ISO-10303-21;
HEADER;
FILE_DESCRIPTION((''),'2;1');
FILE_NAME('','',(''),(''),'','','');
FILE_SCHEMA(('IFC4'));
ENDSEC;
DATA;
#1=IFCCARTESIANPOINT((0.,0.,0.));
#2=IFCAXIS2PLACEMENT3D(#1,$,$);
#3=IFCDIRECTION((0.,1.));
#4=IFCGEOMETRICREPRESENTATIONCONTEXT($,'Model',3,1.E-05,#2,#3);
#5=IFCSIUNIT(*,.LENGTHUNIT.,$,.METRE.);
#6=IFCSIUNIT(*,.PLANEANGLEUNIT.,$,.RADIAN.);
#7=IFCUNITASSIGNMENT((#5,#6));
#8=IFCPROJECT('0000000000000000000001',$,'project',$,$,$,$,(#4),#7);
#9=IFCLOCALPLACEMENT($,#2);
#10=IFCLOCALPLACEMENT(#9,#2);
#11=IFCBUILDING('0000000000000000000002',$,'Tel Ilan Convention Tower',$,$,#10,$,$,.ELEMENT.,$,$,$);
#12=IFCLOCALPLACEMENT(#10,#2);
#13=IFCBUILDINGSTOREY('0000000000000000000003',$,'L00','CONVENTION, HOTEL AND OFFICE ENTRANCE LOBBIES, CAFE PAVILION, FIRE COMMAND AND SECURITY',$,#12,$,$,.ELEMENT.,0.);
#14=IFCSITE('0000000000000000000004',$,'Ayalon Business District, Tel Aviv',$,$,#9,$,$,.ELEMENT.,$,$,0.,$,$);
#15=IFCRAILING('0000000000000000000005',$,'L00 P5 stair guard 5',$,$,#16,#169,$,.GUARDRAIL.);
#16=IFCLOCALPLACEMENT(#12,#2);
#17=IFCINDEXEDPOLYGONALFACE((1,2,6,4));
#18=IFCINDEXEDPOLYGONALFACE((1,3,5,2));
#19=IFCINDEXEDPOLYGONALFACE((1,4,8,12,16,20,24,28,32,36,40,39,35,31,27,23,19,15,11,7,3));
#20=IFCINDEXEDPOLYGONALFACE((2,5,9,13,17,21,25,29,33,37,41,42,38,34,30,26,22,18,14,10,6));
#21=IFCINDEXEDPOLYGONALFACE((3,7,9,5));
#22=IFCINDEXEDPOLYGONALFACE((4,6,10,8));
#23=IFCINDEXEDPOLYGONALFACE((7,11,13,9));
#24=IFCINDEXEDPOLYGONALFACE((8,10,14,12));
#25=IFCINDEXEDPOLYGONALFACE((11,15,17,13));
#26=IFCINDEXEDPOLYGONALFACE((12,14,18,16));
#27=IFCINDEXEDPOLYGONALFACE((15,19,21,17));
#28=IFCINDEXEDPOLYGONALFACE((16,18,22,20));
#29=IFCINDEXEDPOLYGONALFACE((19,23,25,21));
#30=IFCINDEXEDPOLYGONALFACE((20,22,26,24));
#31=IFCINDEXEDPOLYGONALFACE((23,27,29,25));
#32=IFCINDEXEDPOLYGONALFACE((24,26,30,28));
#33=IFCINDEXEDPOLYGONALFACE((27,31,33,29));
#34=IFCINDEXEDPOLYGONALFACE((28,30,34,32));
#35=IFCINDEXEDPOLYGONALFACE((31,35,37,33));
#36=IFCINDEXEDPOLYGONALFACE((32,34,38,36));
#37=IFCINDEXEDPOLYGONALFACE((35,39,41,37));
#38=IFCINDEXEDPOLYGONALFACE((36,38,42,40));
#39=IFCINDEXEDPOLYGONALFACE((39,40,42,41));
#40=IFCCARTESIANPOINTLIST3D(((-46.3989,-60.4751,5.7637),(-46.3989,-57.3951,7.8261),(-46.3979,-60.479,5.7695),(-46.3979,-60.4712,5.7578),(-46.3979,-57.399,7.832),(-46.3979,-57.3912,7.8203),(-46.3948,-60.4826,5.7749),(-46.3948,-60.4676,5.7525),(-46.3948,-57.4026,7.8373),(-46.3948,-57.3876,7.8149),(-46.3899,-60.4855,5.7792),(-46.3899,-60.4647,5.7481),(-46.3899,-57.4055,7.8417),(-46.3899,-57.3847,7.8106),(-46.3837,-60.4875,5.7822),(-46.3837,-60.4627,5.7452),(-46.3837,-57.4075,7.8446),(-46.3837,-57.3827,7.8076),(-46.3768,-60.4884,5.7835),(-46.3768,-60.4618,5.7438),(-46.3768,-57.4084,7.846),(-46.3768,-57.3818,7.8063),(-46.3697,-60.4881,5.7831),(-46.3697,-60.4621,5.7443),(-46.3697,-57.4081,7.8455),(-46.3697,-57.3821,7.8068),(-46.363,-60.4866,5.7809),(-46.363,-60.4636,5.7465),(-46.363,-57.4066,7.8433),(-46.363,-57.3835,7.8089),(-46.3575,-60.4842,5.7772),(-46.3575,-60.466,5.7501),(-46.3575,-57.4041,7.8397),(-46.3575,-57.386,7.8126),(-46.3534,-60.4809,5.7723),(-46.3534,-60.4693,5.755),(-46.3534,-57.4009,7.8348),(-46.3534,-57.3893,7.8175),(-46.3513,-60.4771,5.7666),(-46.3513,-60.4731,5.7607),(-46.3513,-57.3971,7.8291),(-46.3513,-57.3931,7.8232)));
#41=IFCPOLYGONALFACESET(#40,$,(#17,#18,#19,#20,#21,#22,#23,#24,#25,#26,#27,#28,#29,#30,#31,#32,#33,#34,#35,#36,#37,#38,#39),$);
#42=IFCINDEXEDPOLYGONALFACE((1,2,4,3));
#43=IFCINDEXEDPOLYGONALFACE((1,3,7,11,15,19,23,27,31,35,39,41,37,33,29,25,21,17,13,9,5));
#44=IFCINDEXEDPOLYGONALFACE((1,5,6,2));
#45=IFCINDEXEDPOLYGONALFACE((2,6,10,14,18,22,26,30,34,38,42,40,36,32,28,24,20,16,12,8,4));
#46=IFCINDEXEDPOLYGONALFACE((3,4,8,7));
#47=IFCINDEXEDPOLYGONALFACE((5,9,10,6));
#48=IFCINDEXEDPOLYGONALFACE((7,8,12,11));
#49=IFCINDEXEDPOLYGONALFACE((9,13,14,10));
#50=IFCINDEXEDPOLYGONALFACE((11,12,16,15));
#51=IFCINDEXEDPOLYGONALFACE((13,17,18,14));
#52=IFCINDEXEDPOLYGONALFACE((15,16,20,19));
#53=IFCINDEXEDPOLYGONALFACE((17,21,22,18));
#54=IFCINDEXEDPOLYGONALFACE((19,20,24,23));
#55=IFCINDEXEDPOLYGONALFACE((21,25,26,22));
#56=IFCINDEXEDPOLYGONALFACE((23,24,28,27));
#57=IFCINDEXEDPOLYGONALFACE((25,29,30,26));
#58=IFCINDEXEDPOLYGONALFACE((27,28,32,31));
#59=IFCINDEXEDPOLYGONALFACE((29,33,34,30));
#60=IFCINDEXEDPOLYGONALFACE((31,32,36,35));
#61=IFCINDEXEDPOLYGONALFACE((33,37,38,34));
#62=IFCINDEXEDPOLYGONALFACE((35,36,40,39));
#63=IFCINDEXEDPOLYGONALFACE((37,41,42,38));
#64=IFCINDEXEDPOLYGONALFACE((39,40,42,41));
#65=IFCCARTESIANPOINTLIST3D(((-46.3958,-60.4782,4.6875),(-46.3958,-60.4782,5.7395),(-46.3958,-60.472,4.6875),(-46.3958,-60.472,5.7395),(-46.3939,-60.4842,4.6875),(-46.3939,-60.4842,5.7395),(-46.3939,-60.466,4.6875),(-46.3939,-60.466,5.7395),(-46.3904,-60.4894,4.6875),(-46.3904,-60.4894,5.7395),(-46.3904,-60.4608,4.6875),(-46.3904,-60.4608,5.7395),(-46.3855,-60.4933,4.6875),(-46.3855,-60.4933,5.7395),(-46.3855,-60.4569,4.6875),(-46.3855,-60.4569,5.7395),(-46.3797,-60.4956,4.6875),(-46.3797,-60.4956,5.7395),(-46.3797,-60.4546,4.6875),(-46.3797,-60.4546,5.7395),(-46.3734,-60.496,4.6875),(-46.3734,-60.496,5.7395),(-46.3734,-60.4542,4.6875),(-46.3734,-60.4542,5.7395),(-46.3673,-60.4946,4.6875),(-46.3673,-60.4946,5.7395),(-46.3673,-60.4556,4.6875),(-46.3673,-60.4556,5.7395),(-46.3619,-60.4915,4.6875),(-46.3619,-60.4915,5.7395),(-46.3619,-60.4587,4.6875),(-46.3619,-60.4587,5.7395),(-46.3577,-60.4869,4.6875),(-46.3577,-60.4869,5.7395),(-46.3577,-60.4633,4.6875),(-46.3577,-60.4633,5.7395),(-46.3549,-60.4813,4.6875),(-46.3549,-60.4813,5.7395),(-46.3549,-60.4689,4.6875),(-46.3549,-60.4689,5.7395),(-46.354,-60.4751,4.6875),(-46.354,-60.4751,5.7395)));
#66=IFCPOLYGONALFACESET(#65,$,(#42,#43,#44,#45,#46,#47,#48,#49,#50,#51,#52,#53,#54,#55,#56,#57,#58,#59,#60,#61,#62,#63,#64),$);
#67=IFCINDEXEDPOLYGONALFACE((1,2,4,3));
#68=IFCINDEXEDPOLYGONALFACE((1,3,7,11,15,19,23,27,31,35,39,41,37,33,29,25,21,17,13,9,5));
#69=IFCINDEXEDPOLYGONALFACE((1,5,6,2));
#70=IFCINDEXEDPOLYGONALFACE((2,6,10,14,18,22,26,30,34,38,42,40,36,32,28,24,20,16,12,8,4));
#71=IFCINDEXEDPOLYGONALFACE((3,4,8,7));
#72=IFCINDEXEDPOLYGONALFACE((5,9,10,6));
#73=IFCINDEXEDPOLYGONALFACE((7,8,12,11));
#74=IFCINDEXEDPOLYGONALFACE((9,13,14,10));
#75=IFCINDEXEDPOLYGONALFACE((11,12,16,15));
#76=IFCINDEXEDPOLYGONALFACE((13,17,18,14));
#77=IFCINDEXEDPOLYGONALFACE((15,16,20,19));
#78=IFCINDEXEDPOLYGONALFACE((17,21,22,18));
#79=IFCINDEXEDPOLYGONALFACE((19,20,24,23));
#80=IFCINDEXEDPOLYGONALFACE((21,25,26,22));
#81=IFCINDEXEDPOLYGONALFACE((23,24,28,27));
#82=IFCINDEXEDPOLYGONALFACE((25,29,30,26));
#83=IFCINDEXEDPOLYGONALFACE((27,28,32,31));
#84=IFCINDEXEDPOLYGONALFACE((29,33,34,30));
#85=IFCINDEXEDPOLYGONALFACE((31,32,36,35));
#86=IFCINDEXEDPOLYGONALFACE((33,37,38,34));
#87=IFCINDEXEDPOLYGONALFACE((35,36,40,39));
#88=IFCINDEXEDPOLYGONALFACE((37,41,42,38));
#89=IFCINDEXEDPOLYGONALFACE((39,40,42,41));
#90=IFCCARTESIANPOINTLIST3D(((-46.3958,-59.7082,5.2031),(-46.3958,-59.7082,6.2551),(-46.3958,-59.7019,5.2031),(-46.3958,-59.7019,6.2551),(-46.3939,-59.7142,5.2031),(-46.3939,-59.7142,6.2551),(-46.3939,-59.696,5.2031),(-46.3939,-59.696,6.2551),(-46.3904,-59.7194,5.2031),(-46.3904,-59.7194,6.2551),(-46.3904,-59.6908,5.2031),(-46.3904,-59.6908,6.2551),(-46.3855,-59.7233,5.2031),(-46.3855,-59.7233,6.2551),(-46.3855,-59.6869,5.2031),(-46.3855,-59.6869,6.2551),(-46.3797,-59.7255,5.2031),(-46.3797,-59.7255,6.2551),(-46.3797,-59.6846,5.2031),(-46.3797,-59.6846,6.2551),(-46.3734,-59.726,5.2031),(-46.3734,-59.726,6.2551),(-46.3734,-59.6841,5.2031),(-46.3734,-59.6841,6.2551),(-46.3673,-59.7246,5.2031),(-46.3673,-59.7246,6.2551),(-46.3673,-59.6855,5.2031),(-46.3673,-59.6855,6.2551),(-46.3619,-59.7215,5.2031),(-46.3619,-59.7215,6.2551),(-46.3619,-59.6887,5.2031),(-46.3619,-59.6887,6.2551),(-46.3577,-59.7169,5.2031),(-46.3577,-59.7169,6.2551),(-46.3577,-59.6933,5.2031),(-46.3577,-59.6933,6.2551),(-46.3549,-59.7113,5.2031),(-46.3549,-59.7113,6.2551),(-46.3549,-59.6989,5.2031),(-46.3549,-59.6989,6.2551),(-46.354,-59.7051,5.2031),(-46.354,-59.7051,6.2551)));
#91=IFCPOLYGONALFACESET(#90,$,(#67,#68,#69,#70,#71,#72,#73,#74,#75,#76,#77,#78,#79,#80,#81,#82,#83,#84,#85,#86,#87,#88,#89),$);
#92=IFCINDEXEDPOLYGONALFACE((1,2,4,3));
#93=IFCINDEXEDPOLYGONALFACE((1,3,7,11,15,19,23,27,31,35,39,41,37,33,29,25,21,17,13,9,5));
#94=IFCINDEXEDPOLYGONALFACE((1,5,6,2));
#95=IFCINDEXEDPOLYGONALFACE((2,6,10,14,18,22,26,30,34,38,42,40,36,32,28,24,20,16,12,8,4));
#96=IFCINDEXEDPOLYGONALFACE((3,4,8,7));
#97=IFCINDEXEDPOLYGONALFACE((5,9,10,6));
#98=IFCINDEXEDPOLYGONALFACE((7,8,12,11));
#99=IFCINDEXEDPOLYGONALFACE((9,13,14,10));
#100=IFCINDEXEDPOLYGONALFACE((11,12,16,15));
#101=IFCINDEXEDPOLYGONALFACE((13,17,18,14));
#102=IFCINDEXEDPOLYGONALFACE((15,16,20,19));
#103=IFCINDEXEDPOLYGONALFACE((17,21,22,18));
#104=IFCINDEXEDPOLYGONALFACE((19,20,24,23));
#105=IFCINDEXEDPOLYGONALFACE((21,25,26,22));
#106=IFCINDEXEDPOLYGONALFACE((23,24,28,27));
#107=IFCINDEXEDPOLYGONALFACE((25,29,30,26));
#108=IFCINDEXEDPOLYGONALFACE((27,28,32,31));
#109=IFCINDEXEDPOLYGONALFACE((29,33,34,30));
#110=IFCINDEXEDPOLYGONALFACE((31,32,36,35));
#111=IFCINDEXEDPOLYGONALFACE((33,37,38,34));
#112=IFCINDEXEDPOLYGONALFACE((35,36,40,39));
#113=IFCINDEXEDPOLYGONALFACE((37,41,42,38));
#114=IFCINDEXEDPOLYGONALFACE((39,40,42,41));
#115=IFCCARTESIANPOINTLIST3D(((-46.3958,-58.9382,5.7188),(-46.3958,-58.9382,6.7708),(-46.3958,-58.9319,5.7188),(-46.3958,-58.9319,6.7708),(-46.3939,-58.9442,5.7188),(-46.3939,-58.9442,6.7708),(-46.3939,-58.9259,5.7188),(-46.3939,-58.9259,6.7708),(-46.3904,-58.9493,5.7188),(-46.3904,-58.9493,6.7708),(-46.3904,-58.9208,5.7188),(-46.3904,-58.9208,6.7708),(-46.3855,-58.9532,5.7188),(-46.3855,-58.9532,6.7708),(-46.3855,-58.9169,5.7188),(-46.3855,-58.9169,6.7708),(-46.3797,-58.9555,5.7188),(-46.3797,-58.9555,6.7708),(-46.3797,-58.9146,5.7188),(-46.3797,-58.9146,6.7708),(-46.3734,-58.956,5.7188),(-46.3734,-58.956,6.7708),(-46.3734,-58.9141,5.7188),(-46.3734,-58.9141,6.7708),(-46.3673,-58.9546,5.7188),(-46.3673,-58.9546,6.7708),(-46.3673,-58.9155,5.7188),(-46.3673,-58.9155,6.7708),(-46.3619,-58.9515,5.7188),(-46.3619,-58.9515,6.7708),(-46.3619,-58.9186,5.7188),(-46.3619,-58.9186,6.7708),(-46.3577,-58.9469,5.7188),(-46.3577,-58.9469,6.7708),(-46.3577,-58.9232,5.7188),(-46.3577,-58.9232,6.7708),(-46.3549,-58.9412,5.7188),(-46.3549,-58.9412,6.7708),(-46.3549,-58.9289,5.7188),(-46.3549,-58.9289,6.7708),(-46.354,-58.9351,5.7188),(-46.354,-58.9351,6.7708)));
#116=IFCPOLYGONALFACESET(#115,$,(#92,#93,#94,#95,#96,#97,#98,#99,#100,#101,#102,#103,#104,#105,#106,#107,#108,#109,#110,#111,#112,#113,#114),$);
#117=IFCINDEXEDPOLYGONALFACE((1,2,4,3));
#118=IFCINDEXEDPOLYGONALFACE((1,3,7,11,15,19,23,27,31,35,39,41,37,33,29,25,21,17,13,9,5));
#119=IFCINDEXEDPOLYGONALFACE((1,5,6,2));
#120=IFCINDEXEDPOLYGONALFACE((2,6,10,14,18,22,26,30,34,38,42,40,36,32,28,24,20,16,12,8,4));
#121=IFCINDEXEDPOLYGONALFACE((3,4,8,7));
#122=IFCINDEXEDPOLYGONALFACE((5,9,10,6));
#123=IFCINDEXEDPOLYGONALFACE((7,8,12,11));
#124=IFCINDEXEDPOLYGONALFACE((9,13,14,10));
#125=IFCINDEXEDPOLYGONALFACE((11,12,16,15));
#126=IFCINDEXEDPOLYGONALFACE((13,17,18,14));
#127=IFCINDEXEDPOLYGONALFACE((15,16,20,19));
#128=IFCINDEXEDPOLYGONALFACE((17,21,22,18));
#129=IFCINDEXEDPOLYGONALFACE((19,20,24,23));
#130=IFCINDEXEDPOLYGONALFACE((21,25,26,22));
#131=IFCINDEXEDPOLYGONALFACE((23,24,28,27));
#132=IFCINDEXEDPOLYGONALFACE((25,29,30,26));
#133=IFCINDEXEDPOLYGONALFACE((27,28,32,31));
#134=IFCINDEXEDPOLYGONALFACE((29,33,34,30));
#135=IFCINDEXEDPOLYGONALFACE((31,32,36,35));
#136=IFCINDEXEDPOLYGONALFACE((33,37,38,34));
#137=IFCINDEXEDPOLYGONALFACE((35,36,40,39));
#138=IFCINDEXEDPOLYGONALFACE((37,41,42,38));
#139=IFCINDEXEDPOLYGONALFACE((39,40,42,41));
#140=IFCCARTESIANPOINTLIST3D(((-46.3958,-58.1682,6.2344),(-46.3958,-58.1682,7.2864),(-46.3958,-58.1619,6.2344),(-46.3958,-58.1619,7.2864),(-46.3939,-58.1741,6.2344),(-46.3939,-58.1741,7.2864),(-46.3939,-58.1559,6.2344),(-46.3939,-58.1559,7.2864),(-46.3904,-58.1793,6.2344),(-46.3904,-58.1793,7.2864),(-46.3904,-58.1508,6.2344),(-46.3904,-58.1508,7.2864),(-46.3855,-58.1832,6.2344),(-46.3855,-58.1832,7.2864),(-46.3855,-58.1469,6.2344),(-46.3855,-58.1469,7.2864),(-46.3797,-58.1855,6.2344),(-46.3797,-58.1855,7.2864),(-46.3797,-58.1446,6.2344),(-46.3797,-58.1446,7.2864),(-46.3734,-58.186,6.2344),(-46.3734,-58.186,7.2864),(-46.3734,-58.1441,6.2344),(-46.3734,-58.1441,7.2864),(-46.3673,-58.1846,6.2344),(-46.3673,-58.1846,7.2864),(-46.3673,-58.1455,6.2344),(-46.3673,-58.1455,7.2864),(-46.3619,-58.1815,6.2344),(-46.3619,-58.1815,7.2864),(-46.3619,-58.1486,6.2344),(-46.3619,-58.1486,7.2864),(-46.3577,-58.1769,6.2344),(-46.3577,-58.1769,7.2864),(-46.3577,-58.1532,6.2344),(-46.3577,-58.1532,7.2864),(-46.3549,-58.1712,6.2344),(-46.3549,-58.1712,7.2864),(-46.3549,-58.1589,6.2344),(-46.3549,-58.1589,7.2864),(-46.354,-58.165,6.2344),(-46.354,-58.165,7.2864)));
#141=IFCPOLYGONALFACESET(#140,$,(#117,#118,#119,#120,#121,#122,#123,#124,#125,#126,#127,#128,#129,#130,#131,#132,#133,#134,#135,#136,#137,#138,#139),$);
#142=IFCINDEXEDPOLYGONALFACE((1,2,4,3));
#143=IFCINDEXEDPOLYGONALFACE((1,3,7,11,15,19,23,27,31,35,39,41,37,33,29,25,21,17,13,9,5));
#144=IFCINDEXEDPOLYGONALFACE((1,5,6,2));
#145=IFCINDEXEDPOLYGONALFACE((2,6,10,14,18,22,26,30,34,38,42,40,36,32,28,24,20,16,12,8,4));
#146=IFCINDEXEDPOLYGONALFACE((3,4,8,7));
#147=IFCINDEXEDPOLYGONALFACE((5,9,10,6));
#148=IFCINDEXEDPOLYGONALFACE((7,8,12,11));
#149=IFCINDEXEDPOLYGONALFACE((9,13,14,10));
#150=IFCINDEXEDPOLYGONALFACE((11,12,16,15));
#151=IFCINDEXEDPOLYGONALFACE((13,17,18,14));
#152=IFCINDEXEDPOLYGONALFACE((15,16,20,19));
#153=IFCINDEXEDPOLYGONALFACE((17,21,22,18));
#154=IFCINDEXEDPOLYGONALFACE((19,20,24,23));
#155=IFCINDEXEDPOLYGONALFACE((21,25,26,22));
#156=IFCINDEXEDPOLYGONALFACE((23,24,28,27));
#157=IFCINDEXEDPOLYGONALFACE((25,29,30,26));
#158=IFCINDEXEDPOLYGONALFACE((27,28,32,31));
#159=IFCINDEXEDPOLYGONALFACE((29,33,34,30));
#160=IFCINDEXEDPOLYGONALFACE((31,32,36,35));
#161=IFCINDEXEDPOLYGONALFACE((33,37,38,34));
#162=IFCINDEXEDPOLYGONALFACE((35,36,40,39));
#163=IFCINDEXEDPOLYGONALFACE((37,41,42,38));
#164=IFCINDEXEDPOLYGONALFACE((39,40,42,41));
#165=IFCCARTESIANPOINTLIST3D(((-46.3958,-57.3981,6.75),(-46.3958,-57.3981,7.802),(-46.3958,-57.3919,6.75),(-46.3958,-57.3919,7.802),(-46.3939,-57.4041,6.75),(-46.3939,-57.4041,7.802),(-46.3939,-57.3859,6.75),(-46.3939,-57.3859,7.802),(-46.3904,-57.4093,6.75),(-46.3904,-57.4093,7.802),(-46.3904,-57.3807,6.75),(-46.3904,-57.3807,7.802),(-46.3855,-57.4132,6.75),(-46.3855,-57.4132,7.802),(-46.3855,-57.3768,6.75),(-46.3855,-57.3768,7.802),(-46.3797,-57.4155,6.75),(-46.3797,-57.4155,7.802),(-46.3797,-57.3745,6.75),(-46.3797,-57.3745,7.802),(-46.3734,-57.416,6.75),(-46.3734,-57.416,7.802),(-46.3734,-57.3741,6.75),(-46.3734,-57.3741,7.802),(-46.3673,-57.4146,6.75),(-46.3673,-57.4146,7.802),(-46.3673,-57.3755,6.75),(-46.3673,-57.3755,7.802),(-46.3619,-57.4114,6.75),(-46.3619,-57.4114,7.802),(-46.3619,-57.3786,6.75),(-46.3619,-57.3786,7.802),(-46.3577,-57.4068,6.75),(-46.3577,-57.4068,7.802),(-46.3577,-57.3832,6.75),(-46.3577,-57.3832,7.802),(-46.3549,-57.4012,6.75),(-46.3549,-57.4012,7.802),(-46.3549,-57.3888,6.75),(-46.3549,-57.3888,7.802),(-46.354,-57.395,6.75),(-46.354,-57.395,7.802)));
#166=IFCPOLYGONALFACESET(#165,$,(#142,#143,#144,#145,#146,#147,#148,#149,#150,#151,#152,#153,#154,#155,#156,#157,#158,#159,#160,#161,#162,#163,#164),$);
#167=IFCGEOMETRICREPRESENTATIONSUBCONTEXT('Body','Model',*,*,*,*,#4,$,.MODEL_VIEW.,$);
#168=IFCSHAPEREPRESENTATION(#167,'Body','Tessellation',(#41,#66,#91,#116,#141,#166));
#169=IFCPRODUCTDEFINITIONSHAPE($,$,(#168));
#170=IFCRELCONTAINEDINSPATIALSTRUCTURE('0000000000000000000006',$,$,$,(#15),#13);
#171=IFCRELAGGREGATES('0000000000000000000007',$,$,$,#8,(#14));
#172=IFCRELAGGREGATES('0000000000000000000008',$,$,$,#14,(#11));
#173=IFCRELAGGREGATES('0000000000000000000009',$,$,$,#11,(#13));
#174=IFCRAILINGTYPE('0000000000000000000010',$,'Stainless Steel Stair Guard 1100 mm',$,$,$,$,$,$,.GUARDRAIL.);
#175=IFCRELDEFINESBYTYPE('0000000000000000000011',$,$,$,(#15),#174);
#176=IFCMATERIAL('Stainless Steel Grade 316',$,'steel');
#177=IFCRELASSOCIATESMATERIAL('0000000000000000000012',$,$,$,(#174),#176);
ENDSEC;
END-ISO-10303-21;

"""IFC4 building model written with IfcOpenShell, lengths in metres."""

from ifc_helpers import new_model, si_unit, direction, frame, origin, origin_2d, place, context, subcontext, project, spatial, circle, extrude, material, type_object, element, save


model = new_model("IFC4")

# Units and contexts
model_context = context("Model", 3, precision=1e-05, world=origin(), true_north=direction((0.0, 1.0)))
body_context = subcontext(model_context, "Body", "Model", "MODEL_VIEW")
ifc_project = project(units=[si_unit("LENGTHUNIT", "METRE"), si_unit("PLANEANGLEUNIT", "RADIAN")], contexts=[model_context])

# Site, building, storey
site_placement = place(None, origin())
site = spatial("IfcSite", under=ifc_project, at=site_placement, Name="Ayalon Business District, Tel Aviv", CompositionType="ELEMENT", RefElevation=0.0)
building_placement = place(site_placement, origin())
building = spatial("IfcBuilding", under=site, at=building_placement, Name="Tel Ilan Convention Tower", CompositionType="ELEMENT")
storey_placement = place(building_placement, origin())
storey = spatial("IfcBuildingStorey", under=building, at=storey_placement, Name="L00", Description="CONVENTION, HOTEL AND OFFICE ENTRANCE LOBBIES, CAFE PAVILION, FIRE COMMAND AND SECURITY", CompositionType="ELEMENT", Elevation=0.0)

# Railing
ifc_material_1 = material(Name="Stainless Steel Grade 316", Category="steel")
railing_type_1 = type_object("IfcRailingType", Name="Stainless Steel Stair Guard 1100 mm", PredefinedType="GUARDRAIL", material=ifc_material_1)
railing_1_placement = place(storey_placement, frame((-46.375, -60.4751, 4.6875)))
element("IfcRailing", 1, at=railing_1_placement, inside=storey, type_object=railing_type_1, Name="L00 P5 stair guard 5", PredefinedType="GUARDRAIL", context=body_context, shape_type="SweptSolid", body=[
    extrude(circle(Radius=0.0239, at=origin_2d()), frame((0.0, 0.0, 1.0762), z_axis=(0.0, 0.830914, 0.556401), x_axis=(-1.0, 0.0, 0.0)), (0.0, 0.0, 1.0), 3.7068),
    extrude(circle(Radius=0.021, at=origin_2d()), origin(), (0.0, 0.0, 1.0), 1.052),
    extrude(circle(Radius=0.021, at=origin_2d()), frame((0.0, 0.77, 0.5156)), (0.0, 0.0, 1.0), 1.052),
    extrude(circle(Radius=0.021, at=origin_2d()), frame((0.0, 1.54, 1.0312)), (0.0, 0.0, 1.0), 1.052),
    extrude(circle(Radius=0.021, at=origin_2d()), frame((0.0, 2.3101, 1.5469)), (0.0, 0.0, 1.0), 1.052),
    extrude(circle(Radius=0.021, at=origin_2d()), frame((0.0, 3.0801, 2.0625)), (0.0, 0.0, 1.0), 1.052),
])

save(model, "model.ifc")
